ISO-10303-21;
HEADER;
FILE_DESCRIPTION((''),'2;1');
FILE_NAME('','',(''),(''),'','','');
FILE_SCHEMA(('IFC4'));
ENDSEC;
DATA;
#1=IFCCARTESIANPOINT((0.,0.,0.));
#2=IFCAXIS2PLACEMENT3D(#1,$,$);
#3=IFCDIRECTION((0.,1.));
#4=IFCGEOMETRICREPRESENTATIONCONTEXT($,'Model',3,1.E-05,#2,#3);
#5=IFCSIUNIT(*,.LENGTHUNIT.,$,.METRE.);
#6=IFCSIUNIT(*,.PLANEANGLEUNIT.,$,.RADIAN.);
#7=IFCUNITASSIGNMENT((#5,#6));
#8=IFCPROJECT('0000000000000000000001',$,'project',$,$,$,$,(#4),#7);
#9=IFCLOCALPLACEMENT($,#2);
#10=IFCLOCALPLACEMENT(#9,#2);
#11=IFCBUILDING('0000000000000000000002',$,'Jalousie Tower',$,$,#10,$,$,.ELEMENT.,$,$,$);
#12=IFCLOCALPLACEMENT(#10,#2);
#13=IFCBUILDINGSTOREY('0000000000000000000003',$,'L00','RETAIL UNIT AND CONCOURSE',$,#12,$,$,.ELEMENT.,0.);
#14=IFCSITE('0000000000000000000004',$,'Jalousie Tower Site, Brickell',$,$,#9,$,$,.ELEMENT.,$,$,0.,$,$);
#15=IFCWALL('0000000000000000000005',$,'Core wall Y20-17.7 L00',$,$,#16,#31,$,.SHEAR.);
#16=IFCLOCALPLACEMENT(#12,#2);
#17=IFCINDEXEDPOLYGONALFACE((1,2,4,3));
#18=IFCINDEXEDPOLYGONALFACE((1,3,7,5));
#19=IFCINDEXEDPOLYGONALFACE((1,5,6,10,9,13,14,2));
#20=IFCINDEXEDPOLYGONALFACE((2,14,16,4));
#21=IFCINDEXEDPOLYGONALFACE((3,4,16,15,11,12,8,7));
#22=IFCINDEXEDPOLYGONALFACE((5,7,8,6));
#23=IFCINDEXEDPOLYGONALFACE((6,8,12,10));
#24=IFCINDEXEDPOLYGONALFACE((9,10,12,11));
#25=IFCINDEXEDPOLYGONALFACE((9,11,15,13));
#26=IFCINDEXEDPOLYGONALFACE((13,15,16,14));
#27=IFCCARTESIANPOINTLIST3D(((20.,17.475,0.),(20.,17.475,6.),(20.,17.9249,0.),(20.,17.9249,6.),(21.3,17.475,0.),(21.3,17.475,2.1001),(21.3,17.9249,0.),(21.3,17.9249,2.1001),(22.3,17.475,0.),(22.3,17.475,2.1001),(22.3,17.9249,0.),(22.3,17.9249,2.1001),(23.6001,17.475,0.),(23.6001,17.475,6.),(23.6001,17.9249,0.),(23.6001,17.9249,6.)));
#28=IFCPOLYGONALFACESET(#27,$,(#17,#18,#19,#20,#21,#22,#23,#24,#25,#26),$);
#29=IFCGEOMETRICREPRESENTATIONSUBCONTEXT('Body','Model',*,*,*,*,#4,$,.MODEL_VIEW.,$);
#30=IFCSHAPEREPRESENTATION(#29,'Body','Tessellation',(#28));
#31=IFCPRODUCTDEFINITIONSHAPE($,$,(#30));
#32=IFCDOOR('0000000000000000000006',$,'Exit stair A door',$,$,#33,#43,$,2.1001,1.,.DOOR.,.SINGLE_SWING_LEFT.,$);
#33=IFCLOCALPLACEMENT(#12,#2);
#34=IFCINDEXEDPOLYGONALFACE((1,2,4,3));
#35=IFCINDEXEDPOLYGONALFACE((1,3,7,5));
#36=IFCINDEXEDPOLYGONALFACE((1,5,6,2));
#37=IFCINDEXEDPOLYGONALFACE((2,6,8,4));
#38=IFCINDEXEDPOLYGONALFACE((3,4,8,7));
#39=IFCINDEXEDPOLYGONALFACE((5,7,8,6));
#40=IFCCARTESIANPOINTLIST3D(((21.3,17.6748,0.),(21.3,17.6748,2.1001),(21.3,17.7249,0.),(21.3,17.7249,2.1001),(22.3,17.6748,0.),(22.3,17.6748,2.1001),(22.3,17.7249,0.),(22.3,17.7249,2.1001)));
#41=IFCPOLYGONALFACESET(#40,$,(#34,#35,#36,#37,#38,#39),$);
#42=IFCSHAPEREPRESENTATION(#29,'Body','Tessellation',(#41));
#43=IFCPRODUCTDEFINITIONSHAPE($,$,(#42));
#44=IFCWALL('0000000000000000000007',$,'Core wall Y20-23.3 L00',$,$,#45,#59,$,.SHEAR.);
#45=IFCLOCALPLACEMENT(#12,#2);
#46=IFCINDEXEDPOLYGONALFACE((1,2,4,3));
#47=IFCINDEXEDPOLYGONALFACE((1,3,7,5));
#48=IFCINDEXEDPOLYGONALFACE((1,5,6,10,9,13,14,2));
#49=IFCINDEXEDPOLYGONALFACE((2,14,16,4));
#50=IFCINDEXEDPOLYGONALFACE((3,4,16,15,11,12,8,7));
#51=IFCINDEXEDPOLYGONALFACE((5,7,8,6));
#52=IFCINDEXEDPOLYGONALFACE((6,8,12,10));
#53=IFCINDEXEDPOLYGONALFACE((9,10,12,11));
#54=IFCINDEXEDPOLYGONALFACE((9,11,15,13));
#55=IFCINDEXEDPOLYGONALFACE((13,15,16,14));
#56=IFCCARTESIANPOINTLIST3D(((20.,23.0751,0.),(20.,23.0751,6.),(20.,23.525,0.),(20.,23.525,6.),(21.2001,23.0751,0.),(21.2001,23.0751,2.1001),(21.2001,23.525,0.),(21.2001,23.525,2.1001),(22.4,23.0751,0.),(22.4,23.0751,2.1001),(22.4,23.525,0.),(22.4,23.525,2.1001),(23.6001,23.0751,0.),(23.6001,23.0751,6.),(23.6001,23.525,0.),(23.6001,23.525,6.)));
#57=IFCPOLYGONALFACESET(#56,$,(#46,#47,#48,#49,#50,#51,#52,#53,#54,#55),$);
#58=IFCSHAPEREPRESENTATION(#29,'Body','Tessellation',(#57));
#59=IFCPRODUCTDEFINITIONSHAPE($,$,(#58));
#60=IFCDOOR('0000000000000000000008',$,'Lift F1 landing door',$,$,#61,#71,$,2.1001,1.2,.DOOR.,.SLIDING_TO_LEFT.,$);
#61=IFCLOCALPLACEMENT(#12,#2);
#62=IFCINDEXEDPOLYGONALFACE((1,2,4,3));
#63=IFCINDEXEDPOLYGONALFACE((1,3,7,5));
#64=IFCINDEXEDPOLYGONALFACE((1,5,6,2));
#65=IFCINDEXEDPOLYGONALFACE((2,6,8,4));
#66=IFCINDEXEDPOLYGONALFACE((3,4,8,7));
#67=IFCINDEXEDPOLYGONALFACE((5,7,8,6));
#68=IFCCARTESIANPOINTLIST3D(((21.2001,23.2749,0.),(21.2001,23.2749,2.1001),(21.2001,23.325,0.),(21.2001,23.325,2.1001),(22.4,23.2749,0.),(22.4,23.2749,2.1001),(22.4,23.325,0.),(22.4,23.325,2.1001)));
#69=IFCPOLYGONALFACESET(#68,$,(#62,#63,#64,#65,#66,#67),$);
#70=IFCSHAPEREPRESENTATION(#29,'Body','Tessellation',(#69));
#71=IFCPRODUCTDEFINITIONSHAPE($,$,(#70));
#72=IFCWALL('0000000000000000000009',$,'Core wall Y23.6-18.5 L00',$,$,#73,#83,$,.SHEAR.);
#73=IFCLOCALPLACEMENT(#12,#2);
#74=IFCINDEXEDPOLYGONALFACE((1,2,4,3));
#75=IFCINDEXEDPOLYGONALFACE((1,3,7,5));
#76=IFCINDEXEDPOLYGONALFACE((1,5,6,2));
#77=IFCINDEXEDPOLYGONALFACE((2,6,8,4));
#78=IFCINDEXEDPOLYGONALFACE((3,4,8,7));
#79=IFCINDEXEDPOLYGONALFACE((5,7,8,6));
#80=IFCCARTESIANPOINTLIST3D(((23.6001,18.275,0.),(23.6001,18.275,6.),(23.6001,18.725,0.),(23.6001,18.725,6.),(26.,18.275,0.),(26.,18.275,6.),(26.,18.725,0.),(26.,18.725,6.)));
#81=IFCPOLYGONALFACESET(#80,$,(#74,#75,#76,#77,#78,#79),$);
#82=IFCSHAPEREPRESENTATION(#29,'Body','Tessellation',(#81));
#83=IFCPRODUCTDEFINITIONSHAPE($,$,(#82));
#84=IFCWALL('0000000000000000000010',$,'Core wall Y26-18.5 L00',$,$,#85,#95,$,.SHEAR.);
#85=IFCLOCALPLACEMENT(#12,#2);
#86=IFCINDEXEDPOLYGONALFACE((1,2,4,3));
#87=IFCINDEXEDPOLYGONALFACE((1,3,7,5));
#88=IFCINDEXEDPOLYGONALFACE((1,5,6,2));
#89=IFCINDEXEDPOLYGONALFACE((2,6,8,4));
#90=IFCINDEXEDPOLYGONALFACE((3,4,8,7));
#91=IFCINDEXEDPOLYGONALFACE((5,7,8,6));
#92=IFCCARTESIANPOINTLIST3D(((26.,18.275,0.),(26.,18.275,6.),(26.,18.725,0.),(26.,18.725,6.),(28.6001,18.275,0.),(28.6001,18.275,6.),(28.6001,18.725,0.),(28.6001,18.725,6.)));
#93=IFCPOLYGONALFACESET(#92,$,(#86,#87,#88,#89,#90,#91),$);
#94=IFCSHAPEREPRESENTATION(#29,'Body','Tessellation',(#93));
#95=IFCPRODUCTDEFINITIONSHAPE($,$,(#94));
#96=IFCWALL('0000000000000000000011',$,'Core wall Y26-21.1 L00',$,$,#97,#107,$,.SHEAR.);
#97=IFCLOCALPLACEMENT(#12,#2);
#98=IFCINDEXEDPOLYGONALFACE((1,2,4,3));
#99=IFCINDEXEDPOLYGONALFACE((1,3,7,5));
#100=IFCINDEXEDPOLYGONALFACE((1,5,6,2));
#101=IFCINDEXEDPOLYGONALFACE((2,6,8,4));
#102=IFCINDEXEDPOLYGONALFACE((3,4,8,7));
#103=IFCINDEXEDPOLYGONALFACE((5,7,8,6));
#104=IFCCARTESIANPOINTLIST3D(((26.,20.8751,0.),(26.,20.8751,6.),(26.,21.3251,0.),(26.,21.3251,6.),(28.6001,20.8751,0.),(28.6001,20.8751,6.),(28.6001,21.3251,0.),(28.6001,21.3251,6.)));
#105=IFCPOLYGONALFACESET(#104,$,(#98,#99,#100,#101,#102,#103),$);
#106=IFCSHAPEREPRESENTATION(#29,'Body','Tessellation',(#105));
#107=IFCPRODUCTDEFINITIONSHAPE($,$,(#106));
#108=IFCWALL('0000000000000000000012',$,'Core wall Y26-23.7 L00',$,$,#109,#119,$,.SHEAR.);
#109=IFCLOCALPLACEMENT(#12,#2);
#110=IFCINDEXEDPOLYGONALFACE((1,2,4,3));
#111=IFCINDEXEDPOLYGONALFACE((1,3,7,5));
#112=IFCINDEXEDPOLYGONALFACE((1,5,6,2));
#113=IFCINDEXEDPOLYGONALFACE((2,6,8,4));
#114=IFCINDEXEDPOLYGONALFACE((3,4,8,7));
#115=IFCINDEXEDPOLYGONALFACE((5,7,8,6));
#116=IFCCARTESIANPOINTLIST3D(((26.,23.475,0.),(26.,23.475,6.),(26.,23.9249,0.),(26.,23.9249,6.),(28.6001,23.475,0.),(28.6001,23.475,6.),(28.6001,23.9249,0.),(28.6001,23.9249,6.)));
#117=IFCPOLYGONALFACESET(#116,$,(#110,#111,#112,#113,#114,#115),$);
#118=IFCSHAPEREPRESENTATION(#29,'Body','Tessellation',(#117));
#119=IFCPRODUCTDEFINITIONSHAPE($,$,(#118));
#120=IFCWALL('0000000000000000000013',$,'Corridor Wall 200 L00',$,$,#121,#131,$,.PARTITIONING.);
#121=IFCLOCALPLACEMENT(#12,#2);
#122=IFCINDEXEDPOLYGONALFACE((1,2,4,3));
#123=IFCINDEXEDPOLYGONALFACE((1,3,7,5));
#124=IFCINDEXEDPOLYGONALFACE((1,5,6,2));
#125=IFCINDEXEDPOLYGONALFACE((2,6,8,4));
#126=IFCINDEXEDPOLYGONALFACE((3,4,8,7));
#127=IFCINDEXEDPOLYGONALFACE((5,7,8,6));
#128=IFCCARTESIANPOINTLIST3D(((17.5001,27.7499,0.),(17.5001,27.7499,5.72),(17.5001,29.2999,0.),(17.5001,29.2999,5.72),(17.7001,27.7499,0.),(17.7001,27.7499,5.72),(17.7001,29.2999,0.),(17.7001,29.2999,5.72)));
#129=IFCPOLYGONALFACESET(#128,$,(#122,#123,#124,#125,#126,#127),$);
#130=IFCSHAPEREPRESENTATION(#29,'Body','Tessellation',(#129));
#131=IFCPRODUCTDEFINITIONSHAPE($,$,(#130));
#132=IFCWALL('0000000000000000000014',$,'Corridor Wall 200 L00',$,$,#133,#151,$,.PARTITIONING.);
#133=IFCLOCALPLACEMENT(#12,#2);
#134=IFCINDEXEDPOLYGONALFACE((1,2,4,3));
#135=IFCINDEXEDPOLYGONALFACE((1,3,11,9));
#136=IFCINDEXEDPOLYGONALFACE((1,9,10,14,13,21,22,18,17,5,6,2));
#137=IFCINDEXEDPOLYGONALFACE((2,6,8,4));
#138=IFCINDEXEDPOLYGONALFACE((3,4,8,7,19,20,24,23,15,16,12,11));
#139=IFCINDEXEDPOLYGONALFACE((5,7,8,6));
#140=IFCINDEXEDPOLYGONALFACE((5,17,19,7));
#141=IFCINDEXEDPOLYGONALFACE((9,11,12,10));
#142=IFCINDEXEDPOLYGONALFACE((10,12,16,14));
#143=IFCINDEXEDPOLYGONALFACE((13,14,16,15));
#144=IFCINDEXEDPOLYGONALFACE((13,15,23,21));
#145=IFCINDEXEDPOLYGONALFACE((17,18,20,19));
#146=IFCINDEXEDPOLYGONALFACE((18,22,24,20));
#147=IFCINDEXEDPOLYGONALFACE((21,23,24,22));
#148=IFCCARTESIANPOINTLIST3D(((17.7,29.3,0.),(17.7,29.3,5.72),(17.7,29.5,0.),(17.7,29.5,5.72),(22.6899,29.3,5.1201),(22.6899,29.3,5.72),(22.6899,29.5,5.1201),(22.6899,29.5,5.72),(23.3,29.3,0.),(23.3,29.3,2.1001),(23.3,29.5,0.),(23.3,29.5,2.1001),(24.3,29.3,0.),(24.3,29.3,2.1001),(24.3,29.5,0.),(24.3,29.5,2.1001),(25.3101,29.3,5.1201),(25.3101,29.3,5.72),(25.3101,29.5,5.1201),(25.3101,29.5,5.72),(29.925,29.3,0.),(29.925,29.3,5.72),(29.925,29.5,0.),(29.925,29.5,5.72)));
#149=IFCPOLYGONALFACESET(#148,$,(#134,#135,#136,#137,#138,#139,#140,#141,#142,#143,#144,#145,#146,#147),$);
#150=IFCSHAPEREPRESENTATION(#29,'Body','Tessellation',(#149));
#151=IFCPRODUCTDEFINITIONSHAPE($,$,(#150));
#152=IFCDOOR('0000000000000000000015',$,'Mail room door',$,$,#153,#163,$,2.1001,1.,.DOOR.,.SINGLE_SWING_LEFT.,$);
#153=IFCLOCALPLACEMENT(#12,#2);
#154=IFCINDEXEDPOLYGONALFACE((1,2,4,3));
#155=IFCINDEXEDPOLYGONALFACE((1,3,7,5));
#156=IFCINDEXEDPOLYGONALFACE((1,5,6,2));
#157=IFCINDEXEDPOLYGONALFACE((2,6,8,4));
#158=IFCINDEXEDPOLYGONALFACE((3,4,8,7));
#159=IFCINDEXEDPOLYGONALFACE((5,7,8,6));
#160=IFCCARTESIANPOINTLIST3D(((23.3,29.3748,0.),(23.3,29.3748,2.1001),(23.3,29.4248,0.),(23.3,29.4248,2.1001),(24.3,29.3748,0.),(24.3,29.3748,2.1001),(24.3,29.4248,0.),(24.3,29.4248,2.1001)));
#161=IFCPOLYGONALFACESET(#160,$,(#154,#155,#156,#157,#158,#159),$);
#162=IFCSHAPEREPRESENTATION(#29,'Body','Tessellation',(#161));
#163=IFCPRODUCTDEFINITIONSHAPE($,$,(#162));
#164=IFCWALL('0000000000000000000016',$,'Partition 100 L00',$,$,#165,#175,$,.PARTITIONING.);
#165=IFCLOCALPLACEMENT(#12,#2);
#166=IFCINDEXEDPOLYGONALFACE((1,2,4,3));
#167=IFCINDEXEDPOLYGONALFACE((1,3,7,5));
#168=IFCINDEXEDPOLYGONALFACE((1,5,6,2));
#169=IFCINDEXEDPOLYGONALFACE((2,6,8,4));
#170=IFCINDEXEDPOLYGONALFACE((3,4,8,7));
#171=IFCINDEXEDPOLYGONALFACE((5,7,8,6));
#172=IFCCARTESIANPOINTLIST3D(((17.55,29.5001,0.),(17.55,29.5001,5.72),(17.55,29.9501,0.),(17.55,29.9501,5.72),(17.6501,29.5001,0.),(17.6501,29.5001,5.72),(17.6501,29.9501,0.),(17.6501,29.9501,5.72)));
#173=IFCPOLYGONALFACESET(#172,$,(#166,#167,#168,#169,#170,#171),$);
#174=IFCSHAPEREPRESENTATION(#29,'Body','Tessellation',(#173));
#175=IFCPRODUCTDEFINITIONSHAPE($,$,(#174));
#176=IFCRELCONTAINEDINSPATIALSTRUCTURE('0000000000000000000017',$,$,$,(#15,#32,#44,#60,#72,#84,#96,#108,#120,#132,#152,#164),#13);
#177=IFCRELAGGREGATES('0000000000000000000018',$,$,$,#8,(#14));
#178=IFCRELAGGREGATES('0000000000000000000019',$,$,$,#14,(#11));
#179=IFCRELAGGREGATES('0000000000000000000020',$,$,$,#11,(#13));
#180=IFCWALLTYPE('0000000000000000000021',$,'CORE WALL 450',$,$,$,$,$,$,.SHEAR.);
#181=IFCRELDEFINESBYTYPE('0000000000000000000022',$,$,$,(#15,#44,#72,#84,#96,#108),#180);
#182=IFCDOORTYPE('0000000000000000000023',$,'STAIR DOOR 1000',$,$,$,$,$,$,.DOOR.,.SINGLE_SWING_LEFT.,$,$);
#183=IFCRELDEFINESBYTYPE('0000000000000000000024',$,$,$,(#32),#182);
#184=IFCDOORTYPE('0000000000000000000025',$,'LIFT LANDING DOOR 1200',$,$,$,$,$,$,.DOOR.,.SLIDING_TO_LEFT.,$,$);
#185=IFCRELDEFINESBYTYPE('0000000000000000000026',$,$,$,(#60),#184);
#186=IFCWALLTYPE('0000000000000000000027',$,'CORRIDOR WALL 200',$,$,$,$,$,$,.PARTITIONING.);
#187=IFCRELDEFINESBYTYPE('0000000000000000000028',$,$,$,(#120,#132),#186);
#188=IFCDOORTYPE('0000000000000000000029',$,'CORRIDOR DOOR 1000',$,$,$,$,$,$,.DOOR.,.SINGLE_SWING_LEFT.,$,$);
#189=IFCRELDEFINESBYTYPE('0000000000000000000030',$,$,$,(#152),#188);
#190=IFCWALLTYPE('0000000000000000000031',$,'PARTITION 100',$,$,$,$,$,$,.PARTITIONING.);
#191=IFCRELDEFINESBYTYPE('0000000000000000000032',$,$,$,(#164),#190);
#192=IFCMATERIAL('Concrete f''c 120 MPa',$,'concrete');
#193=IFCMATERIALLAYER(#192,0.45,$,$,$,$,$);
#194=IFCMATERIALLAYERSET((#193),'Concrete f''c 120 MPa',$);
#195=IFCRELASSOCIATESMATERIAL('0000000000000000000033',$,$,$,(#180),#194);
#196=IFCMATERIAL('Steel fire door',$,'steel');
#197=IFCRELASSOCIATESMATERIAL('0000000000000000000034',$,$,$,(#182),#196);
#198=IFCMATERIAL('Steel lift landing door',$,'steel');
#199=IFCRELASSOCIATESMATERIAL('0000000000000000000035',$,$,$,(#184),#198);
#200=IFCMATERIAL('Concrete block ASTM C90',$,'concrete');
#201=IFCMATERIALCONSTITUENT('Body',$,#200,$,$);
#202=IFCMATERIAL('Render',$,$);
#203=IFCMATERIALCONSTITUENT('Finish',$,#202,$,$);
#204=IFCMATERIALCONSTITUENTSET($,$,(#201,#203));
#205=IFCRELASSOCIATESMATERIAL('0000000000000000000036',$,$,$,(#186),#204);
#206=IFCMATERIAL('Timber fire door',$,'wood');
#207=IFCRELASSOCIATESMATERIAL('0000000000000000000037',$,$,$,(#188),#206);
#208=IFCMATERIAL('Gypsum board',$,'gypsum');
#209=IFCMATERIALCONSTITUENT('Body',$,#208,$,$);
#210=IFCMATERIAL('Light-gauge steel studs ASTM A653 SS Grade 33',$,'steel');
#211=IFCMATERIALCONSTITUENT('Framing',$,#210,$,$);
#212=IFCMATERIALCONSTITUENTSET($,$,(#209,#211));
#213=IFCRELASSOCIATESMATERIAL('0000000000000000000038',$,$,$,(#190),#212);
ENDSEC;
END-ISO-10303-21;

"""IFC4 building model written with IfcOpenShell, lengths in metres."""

from ifc_helpers import new_model, si_unit, direction, frame, frame_2d, origin, place, context, subcontext, project, spatial, polyline, rectangle, outline, extrude, material, layer, layer_set, constituent, constituent_set, type_object, element, fill, save


model = new_model("IFC4")

# Units and contexts
model_context = context("Model", 3, precision=1e-05, world=origin(), true_north=direction((0.0, 1.0)))
body_context = subcontext(model_context, "Body", "Model", "MODEL_VIEW")
ifc_project = project(units=[si_unit("LENGTHUNIT", "METRE"), si_unit("PLANEANGLEUNIT", "RADIAN")], contexts=[model_context])

# Site, building, storey
site_placement = place(None, origin())
site = spatial("IfcSite", under=ifc_project, at=site_placement, Name="Jalousie Tower Site, Brickell", CompositionType="ELEMENT", RefElevation=0.0)
building_placement = place(site_placement, origin())
building = spatial("IfcBuilding", under=site, at=building_placement, Name="Jalousie Tower", CompositionType="ELEMENT")
storey_placement = place(building_placement, origin())
storey = spatial("IfcBuildingStorey", under=building, at=storey_placement, Name="L00", Description="RETAIL UNIT AND CONCOURSE", CompositionType="ELEMENT", Elevation=0.0)

# Shared definitions
ifc_material_1 = material(Name="Concrete f'c 120 MPa", Category="concrete")
ifc_layer_1 = layer(ifc_material_1, 0.45)
ifc_layer_set_1 = layer_set([ifc_layer_1], Name="Concrete f'c 120 MPa")
wall_type_1 = type_object("IfcWallType", Name="CORE WALL 450", PredefinedType="SHEAR", material=ifc_layer_set_1)

# Walls, openings, doors
wall_1_placement = place(storey_placement, frame((20.0, 17.7, 0.0), z_axis=(0.0, 0.0, 1.0), x_axis=(1.0, 0.0, 0.0)))
wall_1 = element("IfcWall", 1, at=wall_1_placement, inside=storey, type_object=wall_type_1, Name="Core wall Y20-17.7 L00", PredefinedType="SHEAR", context=body_context, shape_type="SweptSolid", body=[
    extrude(rectangle(XDim=3.6001, YDim=0.45, at=frame_2d((1.8, 0.0))), origin(), (0.0, 0.0, 1.0), 6.0),
])
opening_1_placement = place(wall_1_placement, frame((1.3, 0.0, 0.0)))
opening_1 = element("IfcOpeningElement", 2, at=opening_1_placement, cuts=wall_1, PredefinedType="OPENING", context=body_context, shape_type="SweptSolid", body=[
    extrude(rectangle(XDim=1.0, YDim=2.1001, at=frame_2d((0.5, 1.05))), frame((0.0, 0.2349, 0.0), z_axis=(0.0, -1.0, 0.0), x_axis=(1.0, 0.0, 0.0)), (0.0, 0.0, 1.0), 0.47),
])
ifc_material_2 = material(Name="Steel fire door", Category="steel")
door_type_1 = type_object("IfcDoorType", Name="STAIR DOOR 1000", OperationType="SINGLE_SWING_LEFT", PredefinedType="DOOR", material=ifc_material_2)
door_1_placement = place(opening_1_placement, origin())
door_1 = element("IfcDoor", 3, at=door_1_placement, inside=storey, type_object=door_type_1, Name="Exit stair A door", OperationType="SINGLE_SWING_LEFT", OverallHeight=2.1001, OverallWidth=1.0, PredefinedType="DOOR", context=body_context, shape_type="SweptSolid", body=[
    extrude(rectangle(XDim=1.0, YDim=2.1001, at=frame_2d((0.5, 1.05))), frame((0.0, 0.0249, 0.0), z_axis=(0.0, -1.0, 0.0), x_axis=(1.0, 0.0, 0.0)), (0.0, 0.0, 1.0), 0.05),
])
fill(opening_1, door_1)
wall_2_placement = place(storey_placement, frame((20.0, 23.3, 0.0), z_axis=(0.0, 0.0, 1.0), x_axis=(1.0, 0.0, 0.0)))
wall_2 = element("IfcWall", 4, at=wall_2_placement, inside=storey, type_object=wall_type_1, Name="Core wall Y20-23.3 L00", PredefinedType="SHEAR", context=body_context, shape_type="SweptSolid", body=[
    extrude(rectangle(XDim=3.6001, YDim=0.45, at=frame_2d((1.8, 0.0))), origin(), (0.0, 0.0, 1.0), 6.0),
])
opening_2_placement = place(wall_2_placement, frame((1.2, 0.0, 0.0)))
opening_2 = element("IfcOpeningElement", 5, at=opening_2_placement, cuts=wall_2, PredefinedType="OPENING", context=body_context, shape_type="SweptSolid", body=[
    extrude(rectangle(XDim=1.2, YDim=2.1001, at=frame_2d((0.6001, 1.05))), frame((0.0, 0.2349, 0.0), z_axis=(0.0, -1.0, 0.0), x_axis=(1.0, 0.0, 0.0)), (0.0, 0.0, 1.0), 0.47),
])
ifc_material_3 = material(Name="Steel lift landing door", Category="steel")
door_type_2 = type_object("IfcDoorType", Name="LIFT LANDING DOOR 1200", OperationType="SLIDING_TO_LEFT", PredefinedType="DOOR", material=ifc_material_3)
door_2_placement = place(opening_2_placement, origin())
door_2 = element("IfcDoor", 6, at=door_2_placement, inside=storey, type_object=door_type_2, Name="Lift F1 landing door", OperationType="SLIDING_TO_LEFT", OverallHeight=2.1001, OverallWidth=1.2, PredefinedType="DOOR", context=body_context, shape_type="SweptSolid", body=[
    extrude(rectangle(XDim=1.2, YDim=2.1001, at=frame_2d((0.6001, 1.05))), frame((0.0, 0.0249, 0.0), z_axis=(0.0, -1.0, 0.0), x_axis=(1.0, 0.0, 0.0)), (0.0, 0.0, 1.0), 0.05),
])
fill(opening_2, door_2)

# Walls
wall_3_placement = place(storey_placement, frame((23.6001, 18.5, 0.0), z_axis=(0.0, 0.0, 1.0), x_axis=(1.0, 0.0, 0.0)))
element("IfcWall", 7, at=wall_3_placement, inside=storey, type_object=wall_type_1, Name="Core wall Y23.6-18.5 L00", PredefinedType="SHEAR", context=body_context, shape_type="SweptSolid", body=[
    extrude(rectangle(XDim=2.3999, YDim=0.45, at=frame_2d((1.2, 0.0))), origin(), (0.0, 0.0, 1.0), 6.0),
])
for number, where, z_axis, x_axis, name in (
    (8, (26.0, 18.5, 0.0), (0.0, 0.0, 1.0), (1.0, 0.0, 0.0), "Core wall Y26-18.5 L00"),
    (9, (26.0, 21.1001, 0.0), (0.0, 0.0, 1.0), (1.0, 0.0, 0.0), "Core wall Y26-21.1 L00"),
    (10, (26.0, 23.7, 0.0), (0.0, 0.0, 1.0), (1.0, 0.0, 0.0), "Core wall Y26-23.7 L00"),
):
    element("IfcWall", number, at=place(storey_placement, frame(where, z_axis=z_axis, x_axis=x_axis)), inside=storey, type_object=wall_type_1, Name=name, PredefinedType="SHEAR", context=body_context, shape_type="SweptSolid", body=[
        extrude(rectangle(XDim=2.6001, YDim=0.45, at=frame_2d((1.3, 0.0))), origin(), (0.0, 0.0, 1.0), 6.0),
    ])
ifc_material_4 = material(Name="Concrete block ASTM C90", Category="concrete")
ifc_constituent_1 = constituent(ifc_material_4, Name="Body")
ifc_material_5 = material(Name="Render")
ifc_constituent_2 = constituent(ifc_material_5, Name="Finish")
ifc_constituent_set_1 = constituent_set(constituents=[ifc_constituent_1, ifc_constituent_2])
wall_type_2 = type_object("IfcWallType", Name="CORRIDOR WALL 200", PredefinedType="PARTITIONING", material=ifc_constituent_set_1)
wall_4_placement = place(storey_placement, frame((17.6001, 27.75, 0.0), z_axis=(0.0, 0.0, 1.0), x_axis=(0.0, 1.0, 0.0)))
element("IfcWall", 11, at=wall_4_placement, inside=storey, type_object=wall_type_2, Name="Corridor Wall 200 L00", PredefinedType="PARTITIONING", context=body_context, shape_type="SweptSolid", body=[
    extrude(rectangle(XDim=1.55, YDim=0.2, at=frame_2d((0.7749, 0.0))), origin(), (0.0, 0.0, 1.0), 5.72),
])

# Wall, opening, door
wall_5_placement = place(storey_placement, frame((17.7, 29.3999, 0.0), z_axis=(0.0, 0.0, 1.0), x_axis=(1.0, 0.0, 0.0)))
wall_5 = element("IfcWall", 12, at=wall_5_placement, inside=storey, type_object=wall_type_2, Name="Corridor Wall 200 L00", PredefinedType="PARTITIONING", context=body_context, shape_type="SweptSolid", body=[
    extrude(outline(polyline([(0.0, 0.0), (12.2251, 0.0), (12.2251, 5.72), (7.6101, 5.72), (7.6101, 5.1201), (4.99, 5.1201), (4.99, 5.72), (0.0, 5.72), (0.0, 0.0)])), frame((0.0, 0.1001, 0.0), z_axis=(0.0, -1.0, 0.0), x_axis=(1.0, 0.0, 0.0)), (0.0, 0.0, 1.0), 0.2),
])
opening_3_placement = place(wall_5_placement, frame((5.6001, 0.0, 0.0)))
opening_3 = element("IfcOpeningElement", 13, at=opening_3_placement, cuts=wall_5, PredefinedType="OPENING", context=body_context, shape_type="SweptSolid", body=[
    extrude(rectangle(XDim=1.0, YDim=2.1001, at=frame_2d((0.5, 1.05))), frame((0.0, 0.1099, 0.0), z_axis=(0.0, -1.0, 0.0), x_axis=(1.0, 0.0, 0.0)), (0.0, 0.0, 1.0), 0.22),
])
ifc_material_6 = material(Name="Timber fire door", Category="wood")
door_type_3 = type_object("IfcDoorType", Name="CORRIDOR DOOR 1000", OperationType="SINGLE_SWING_LEFT", PredefinedType="DOOR", material=ifc_material_6)
door_3_placement = place(opening_3_placement, origin())
door_3 = element("IfcDoor", 14, at=door_3_placement, inside=storey, type_object=door_type_3, Name="Mail room door", OperationType="SINGLE_SWING_LEFT", OverallHeight=2.1001, OverallWidth=1.0, PredefinedType="DOOR", context=body_context, shape_type="SweptSolid", body=[
    extrude(rectangle(XDim=1.0, YDim=2.1001, at=frame_2d((0.5, 1.05))), frame((0.0, 0.0249, 0.0), z_axis=(0.0, -1.0, 0.0), x_axis=(1.0, 0.0, 0.0)), (0.0, 0.0, 1.0), 0.05),
])
fill(opening_3, door_3)

# Wall
ifc_material_7 = material(Name="Gypsum board", Category="gypsum")
ifc_constituent_3 = constituent(ifc_material_7, Name="Body")
ifc_material_8 = material(Name="Light-gauge steel studs ASTM A653 SS Grade 33", Category="steel")
ifc_constituent_4 = constituent(ifc_material_8, Name="Framing")
ifc_constituent_set_2 = constituent_set(constituents=[ifc_constituent_3, ifc_constituent_4])
wall_type_3 = type_object("IfcWallType", Name="PARTITION 100", PredefinedType="PARTITIONING", material=ifc_constituent_set_2)
wall_6_placement = place(storey_placement, frame((17.6001, 29.5, 0.0), z_axis=(0.0, 0.0, 1.0), x_axis=(0.0, 1.0, 0.0)))
element("IfcWall", 15, at=wall_6_placement, inside=storey, type_object=wall_type_3, Name="Partition 100 L00", PredefinedType="PARTITIONING", context=body_context, shape_type="SweptSolid", body=[
    extrude(rectangle(XDim=0.45, YDim=0.1001, at=frame_2d((0.2251, 0.0))), origin(), (0.0, 0.0, 1.0), 5.72),
])

save(model, "model.ifc")
